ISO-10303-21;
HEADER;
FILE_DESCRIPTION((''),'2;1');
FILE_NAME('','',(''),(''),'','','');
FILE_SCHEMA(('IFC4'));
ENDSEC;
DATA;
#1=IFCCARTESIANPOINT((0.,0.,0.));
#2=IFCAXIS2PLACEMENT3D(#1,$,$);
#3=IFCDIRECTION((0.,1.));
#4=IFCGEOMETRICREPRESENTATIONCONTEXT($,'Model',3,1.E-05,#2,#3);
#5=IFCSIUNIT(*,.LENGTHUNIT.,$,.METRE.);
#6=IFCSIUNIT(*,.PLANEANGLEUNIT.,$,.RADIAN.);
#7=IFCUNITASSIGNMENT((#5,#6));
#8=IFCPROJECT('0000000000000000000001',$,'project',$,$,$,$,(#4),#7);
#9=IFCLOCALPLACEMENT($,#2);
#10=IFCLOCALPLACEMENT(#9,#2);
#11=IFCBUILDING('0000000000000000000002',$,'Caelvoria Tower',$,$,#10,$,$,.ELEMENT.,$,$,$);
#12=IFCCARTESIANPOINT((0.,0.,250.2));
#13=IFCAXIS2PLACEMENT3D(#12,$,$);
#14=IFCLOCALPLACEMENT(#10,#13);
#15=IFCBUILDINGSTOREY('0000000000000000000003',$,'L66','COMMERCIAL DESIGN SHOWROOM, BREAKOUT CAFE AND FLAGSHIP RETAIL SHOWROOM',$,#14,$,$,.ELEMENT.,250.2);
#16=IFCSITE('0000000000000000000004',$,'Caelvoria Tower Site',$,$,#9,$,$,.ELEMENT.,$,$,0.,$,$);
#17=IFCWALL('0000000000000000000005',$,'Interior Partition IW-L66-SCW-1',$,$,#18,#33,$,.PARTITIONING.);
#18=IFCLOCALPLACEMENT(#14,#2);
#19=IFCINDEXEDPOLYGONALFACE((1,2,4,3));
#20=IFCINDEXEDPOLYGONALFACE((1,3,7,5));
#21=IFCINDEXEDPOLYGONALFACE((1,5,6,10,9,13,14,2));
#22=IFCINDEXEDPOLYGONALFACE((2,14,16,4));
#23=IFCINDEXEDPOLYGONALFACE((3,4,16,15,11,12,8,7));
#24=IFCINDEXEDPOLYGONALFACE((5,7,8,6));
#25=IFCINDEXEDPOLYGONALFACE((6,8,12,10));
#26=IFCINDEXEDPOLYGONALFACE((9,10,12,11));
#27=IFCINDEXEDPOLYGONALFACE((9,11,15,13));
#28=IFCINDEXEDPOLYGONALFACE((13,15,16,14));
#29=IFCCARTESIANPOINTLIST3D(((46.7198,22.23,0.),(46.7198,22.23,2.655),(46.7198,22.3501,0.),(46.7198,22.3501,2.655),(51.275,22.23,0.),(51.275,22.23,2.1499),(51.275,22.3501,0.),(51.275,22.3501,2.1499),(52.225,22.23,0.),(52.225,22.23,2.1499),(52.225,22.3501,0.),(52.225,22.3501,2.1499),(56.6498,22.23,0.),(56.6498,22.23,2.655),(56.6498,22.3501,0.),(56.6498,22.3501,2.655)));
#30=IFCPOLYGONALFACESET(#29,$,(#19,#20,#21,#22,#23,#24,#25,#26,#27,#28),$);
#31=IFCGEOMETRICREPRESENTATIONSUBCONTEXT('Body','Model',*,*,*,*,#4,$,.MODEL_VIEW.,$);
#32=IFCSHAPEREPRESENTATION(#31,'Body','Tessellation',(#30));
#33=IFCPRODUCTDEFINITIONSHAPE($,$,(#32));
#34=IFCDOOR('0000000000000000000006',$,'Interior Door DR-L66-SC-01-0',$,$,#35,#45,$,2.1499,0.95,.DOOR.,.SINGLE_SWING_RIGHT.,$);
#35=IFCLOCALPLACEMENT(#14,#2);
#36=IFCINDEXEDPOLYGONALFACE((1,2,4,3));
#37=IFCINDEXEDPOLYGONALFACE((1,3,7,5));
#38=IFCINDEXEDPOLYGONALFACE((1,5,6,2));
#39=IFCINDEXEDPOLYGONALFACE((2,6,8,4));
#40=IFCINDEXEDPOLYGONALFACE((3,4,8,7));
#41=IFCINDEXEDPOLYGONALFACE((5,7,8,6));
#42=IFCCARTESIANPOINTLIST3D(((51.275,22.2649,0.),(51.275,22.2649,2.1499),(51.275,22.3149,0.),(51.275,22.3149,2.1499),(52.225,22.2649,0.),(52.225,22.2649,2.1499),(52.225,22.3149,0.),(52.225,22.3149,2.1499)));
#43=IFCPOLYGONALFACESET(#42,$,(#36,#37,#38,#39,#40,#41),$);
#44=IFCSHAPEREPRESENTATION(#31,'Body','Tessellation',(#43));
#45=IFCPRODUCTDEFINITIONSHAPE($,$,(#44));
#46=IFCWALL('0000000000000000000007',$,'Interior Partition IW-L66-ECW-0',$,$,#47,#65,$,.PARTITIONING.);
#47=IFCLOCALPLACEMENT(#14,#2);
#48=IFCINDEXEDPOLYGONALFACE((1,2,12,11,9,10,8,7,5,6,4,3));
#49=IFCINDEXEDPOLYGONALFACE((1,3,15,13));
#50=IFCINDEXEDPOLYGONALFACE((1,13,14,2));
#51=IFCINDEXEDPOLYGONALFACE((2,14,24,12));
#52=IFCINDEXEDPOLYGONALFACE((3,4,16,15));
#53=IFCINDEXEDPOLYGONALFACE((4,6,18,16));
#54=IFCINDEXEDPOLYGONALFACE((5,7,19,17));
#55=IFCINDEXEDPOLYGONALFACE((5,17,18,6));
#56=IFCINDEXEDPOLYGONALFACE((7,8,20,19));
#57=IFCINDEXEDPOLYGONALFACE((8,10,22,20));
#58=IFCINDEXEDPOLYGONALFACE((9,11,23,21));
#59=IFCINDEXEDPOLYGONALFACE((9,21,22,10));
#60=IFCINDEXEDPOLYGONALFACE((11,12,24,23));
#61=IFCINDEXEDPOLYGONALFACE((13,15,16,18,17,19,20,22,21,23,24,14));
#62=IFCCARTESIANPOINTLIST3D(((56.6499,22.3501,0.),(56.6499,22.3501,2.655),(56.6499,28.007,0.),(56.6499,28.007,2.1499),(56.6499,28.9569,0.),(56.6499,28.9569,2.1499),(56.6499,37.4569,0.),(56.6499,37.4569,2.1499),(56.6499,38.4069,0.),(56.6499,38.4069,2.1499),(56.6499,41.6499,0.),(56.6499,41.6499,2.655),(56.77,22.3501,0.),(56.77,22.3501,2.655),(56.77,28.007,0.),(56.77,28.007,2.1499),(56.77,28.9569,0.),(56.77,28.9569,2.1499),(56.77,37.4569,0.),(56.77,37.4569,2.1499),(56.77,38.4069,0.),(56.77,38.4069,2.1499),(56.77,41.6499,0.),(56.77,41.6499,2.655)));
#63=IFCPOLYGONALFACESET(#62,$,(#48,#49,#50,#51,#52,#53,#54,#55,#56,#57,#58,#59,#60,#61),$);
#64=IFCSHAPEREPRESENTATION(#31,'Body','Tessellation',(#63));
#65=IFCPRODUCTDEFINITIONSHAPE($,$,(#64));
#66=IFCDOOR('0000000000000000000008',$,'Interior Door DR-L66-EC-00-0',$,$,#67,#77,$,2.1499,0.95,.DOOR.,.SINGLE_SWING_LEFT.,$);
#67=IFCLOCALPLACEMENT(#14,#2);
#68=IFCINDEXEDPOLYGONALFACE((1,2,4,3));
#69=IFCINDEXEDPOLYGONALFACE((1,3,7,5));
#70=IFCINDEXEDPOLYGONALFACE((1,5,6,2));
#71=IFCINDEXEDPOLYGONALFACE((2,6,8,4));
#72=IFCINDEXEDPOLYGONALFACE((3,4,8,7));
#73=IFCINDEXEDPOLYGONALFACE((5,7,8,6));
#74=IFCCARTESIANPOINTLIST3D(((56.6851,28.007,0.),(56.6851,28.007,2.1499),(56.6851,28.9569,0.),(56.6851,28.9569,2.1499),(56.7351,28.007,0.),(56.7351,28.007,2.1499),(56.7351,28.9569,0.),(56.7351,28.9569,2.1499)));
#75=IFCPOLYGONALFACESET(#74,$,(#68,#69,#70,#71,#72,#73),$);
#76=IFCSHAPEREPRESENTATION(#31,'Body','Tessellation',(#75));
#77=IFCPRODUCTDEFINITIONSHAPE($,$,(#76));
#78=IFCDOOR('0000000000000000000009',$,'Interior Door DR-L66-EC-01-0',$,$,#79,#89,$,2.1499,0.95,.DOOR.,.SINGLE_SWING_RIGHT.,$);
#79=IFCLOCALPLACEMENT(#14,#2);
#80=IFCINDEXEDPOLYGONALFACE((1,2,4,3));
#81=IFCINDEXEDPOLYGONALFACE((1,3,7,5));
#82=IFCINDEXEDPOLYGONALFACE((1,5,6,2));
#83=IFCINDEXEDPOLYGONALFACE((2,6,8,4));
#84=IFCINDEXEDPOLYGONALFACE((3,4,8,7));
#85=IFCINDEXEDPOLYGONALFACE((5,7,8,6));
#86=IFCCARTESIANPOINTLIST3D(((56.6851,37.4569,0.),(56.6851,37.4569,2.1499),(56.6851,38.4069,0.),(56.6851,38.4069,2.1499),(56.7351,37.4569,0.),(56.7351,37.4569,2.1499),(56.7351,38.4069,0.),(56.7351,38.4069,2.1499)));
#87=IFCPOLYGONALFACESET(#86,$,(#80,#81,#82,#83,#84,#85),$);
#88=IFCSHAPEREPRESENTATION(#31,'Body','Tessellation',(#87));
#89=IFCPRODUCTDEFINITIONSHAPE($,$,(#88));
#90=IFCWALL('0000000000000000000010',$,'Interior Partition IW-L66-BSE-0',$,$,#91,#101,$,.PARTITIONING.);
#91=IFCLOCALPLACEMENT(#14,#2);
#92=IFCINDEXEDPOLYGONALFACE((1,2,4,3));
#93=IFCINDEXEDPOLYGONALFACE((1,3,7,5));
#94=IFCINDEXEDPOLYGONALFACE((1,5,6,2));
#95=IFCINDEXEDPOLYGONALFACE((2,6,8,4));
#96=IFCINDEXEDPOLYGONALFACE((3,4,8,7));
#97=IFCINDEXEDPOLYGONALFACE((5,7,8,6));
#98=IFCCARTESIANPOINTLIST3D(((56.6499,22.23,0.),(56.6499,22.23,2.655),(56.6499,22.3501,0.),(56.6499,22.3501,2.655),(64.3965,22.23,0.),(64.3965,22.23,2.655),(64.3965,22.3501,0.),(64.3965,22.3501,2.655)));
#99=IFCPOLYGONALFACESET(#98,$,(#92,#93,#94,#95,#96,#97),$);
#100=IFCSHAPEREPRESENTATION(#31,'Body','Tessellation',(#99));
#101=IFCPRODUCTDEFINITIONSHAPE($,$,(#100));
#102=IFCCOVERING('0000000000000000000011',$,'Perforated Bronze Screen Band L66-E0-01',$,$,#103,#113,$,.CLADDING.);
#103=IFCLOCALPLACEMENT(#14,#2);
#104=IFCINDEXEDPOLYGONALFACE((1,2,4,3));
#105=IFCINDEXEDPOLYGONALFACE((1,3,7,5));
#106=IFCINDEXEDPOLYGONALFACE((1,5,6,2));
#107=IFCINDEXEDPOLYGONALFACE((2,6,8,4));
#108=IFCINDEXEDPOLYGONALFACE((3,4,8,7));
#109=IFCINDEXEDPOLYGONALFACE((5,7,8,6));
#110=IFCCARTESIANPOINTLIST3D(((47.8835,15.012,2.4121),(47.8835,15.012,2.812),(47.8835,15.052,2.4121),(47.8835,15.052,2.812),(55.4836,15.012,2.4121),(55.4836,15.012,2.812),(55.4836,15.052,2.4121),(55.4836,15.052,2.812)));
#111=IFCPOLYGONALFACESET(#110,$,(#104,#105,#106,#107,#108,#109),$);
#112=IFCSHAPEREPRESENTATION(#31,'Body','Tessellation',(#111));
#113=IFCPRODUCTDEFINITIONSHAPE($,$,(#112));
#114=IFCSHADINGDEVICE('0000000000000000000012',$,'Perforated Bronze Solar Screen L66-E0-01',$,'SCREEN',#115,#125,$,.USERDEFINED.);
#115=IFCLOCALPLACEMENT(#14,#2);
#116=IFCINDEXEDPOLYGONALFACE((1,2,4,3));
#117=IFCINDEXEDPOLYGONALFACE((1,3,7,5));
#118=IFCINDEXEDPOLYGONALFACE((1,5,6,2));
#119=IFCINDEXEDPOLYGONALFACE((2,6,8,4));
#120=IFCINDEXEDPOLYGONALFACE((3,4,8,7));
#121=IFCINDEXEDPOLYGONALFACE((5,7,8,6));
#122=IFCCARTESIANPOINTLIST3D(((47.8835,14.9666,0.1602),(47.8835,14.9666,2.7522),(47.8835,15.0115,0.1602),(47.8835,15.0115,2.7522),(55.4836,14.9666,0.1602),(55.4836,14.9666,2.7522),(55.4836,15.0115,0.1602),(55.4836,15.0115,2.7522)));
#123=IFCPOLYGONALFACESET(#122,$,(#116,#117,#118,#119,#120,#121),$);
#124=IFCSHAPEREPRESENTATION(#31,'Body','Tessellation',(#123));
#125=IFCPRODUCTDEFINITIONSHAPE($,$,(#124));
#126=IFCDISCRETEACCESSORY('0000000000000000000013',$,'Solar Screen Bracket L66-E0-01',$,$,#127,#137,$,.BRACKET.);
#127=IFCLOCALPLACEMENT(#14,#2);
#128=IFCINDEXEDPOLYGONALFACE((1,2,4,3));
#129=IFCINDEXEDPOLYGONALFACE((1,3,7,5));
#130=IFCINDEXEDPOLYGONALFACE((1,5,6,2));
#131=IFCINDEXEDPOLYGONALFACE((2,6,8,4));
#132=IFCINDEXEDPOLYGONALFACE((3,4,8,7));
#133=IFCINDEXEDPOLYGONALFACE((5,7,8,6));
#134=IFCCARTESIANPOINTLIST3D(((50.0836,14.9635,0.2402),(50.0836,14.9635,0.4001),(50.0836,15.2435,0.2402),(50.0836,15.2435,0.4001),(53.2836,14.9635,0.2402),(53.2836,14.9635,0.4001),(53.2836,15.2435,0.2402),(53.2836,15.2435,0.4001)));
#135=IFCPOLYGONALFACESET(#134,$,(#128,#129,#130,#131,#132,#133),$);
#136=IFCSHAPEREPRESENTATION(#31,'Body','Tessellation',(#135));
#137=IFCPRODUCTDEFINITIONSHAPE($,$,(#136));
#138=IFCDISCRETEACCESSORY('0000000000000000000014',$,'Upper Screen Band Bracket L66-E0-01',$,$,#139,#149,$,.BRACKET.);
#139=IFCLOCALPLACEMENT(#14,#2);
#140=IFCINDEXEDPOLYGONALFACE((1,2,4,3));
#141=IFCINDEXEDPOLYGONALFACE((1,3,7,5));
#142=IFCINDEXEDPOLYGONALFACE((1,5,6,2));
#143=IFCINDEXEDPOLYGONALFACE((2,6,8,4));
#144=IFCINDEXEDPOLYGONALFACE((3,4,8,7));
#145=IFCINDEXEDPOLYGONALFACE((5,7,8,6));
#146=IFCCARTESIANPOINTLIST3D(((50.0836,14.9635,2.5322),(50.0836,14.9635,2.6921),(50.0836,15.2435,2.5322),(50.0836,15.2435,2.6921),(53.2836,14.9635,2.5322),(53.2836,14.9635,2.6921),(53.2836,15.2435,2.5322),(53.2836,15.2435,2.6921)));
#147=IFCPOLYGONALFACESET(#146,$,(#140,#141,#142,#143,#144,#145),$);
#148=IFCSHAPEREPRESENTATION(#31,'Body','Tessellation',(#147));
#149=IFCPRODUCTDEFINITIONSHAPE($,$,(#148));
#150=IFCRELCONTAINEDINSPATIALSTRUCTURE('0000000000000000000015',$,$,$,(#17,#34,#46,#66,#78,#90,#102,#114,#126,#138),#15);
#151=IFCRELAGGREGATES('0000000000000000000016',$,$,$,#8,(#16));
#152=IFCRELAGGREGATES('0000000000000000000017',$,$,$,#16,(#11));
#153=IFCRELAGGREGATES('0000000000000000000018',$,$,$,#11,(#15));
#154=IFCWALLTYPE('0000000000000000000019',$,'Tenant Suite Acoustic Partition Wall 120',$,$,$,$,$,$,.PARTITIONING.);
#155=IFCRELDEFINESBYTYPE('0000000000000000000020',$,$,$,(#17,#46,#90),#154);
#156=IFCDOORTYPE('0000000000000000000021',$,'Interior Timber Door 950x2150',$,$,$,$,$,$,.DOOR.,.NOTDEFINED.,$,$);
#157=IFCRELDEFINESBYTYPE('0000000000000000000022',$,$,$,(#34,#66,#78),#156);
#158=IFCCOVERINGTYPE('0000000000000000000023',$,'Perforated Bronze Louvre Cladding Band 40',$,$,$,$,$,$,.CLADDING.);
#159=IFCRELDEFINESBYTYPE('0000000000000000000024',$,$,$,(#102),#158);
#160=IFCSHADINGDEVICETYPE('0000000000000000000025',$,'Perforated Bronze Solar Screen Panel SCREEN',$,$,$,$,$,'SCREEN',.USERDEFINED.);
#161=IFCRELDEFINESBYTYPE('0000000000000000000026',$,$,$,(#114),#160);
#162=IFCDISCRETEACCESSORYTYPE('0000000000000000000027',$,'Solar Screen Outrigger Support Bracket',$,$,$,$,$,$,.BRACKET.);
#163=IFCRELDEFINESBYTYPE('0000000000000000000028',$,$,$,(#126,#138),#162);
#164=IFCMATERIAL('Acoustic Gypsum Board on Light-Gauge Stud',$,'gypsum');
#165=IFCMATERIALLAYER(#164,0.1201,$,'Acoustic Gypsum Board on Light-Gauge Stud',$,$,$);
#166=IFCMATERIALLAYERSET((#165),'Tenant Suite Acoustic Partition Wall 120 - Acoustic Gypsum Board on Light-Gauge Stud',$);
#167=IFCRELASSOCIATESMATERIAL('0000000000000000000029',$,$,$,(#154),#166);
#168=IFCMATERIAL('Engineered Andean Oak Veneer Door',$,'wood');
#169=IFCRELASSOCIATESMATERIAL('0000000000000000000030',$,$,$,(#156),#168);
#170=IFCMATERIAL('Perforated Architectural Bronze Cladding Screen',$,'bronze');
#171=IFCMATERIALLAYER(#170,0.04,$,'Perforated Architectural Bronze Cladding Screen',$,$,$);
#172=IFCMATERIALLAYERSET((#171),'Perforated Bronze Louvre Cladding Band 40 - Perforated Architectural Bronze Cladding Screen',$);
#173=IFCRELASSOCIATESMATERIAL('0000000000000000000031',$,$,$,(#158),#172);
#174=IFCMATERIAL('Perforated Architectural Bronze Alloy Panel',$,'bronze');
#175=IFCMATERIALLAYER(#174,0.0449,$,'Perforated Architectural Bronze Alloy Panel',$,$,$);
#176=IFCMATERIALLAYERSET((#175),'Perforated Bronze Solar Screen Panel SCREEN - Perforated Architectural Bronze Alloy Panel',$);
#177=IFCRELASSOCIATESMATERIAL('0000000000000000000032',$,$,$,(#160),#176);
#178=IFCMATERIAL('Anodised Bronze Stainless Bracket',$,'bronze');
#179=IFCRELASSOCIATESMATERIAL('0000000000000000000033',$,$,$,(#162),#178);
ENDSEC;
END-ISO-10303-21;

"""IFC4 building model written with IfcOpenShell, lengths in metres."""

from ifc_helpers import new_model, si_unit, direction, frame, frame_2d, origin, origin_2d, place, context, subcontext, project, spatial, rectangle, extrude, material, layer, layer_set, type_object, element, fill, save


model = new_model("IFC4")

# Units and contexts
model_context = context("Model", 3, precision=1e-05, world=origin(), true_north=direction((0.0, 1.0)))
body_context = subcontext(model_context, "Body", "Model", "MODEL_VIEW")
ifc_project = project(units=[si_unit("LENGTHUNIT", "METRE"), si_unit("PLANEANGLEUNIT", "RADIAN")], contexts=[model_context])

# Site, building, storey
site_placement = place(None, origin())
site = spatial("IfcSite", under=ifc_project, at=site_placement, Name="Caelvoria Tower Site", CompositionType="ELEMENT", RefElevation=0.0)
building_placement = place(site_placement, origin())
building = spatial("IfcBuilding", under=site, at=building_placement, Name="Caelvoria Tower", CompositionType="ELEMENT")
storey_placement = place(building_placement, frame((0.0, 0.0, 250.2)))
storey = spatial("IfcBuildingStorey", under=building, at=storey_placement, Name="L66", Description="COMMERCIAL DESIGN SHOWROOM, BREAKOUT CAFE AND FLAGSHIP RETAIL SHOWROOM", CompositionType="ELEMENT", Elevation=250.2)

# Wall, opening, door
ifc_material_1 = material(Name="Acoustic Gypsum Board on Light-Gauge Stud", Category="gypsum")
ifc_layer_1 = layer(ifc_material_1, 0.1201, Name="Acoustic Gypsum Board on Light-Gauge Stud")
ifc_layer_set_1 = layer_set([ifc_layer_1], Name="Tenant Suite Acoustic Partition Wall 120 - Acoustic Gypsum Board on Light-Gauge Stud")
wall_type = type_object("IfcWallType", Name="Tenant Suite Acoustic Partition Wall 120", PredefinedType="PARTITIONING", material=ifc_layer_set_1)
wall_1_placement = place(storey_placement, frame((46.72, 22.29, 0.0), z_axis=(0.0, 0.0, 1.0), x_axis=(1.0, 0.0, 0.0)))
wall_1 = element("IfcWall", 1, at=wall_1_placement, inside=storey, type_object=wall_type, Name="Interior Partition IW-L66-SCW-1", PredefinedType="PARTITIONING", context=body_context, shape_type="SweptSolid", body=[
    extrude(rectangle(XDim=9.9299, YDim=0.1201, at=frame_2d((4.9648, 0.0))), origin(), (0.0, 0.0, 1.0), 2.655),
])
opening_1_placement = place(wall_1_placement, frame((4.5549, 0.0, 0.0)))
opening_1 = element("IfcOpeningElement", 2, at=opening_1_placement, cuts=wall_1, PredefinedType="OPENING", context=body_context, shape_type="SweptSolid", body=[
    extrude(rectangle(XDim=0.95, YDim=2.1499, at=frame_2d((0.4751, 1.075))), frame((0.0, 0.0701, 0.0), z_axis=(0.0, -1.0, 0.0), x_axis=(1.0, 0.0, 0.0)), (0.0, 0.0, 1.0), 0.1401),
])
ifc_material_2 = material(Name="Engineered Andean Oak Veneer Door", Category="wood")
door_type = type_object("IfcDoorType", Name="Interior Timber Door 950x2150", OperationType="NOTDEFINED", PredefinedType="DOOR", material=ifc_material_2)
door_1_placement = place(opening_1_placement, origin())
door_1 = element("IfcDoor", 3, at=door_1_placement, inside=storey, type_object=door_type, Name="Interior Door DR-L66-SC-01-0", OperationType="SINGLE_SWING_RIGHT", OverallHeight=2.1499, OverallWidth=0.95, PredefinedType="DOOR", context=body_context, shape_type="SweptSolid", body=[
    extrude(rectangle(XDim=0.95, YDim=2.1499, at=frame_2d((0.4751, 1.075))), frame((0.0, 0.0249, 0.0), z_axis=(0.0, -1.0, 0.0), x_axis=(1.0, 0.0, 0.0)), (0.0, 0.0, 1.0), 0.05),
])
fill(opening_1, door_1)

# Wall, openings, doors
wall_2_placement = place(storey_placement, frame((56.71, 22.3501, 0.0), z_axis=(0.0, 0.0, 1.0), x_axis=(0.0, 1.0, 0.0)))
wall_2 = element("IfcWall", 4, at=wall_2_placement, inside=storey, type_object=wall_type, Name="Interior Partition IW-L66-ECW-0", PredefinedType="PARTITIONING", context=body_context, shape_type="SweptSolid", body=[
    extrude(rectangle(XDim=19.2998, YDim=0.1201, at=frame_2d((9.6499, 0.0))), origin(), (0.0, 0.0, 1.0), 2.655),
])
opening_2_placement = place(wall_2_placement, frame((5.6567, 0.0, 0.0)))
opening_2 = element("IfcOpeningElement", 5, at=opening_2_placement, cuts=wall_2, PredefinedType="OPENING", context=body_context, shape_type="SweptSolid", body=[
    extrude(rectangle(XDim=0.95, YDim=2.1499, at=frame_2d((0.4751, 1.075))), frame((0.0, 0.0701, 0.0), z_axis=(0.0, -1.0, 0.0), x_axis=(1.0, 0.0, 0.0)), (0.0, 0.0, 1.0), 0.1401),
])
opening_3_placement = place(wall_2_placement, frame((15.1067, 0.0, 0.0)))
opening_3 = element("IfcOpeningElement", 6, at=opening_3_placement, cuts=wall_2, PredefinedType="OPENING", context=body_context, shape_type="SweptSolid", body=[
    extrude(rectangle(XDim=0.95, YDim=2.1499, at=frame_2d((0.4751, 1.075))), frame((0.0, 0.0701, 0.0), z_axis=(0.0, -1.0, 0.0), x_axis=(1.0, 0.0, 0.0)), (0.0, 0.0, 1.0), 0.1401),
])
door_2_placement = place(opening_2_placement, origin())
door_2 = element("IfcDoor", 7, at=door_2_placement, inside=storey, type_object=door_type, Name="Interior Door DR-L66-EC-00-0", OperationType="SINGLE_SWING_LEFT", OverallHeight=2.1499, OverallWidth=0.95, PredefinedType="DOOR", context=body_context, shape_type="SweptSolid", body=[
    extrude(rectangle(XDim=0.95, YDim=2.1499, at=frame_2d((0.4751, 1.075))), frame((0.0, 0.0249, 0.0), z_axis=(0.0, -1.0, 0.0), x_axis=(1.0, 0.0, 0.0)), (0.0, 0.0, 1.0), 0.05),
])
fill(opening_2, door_2)
door_3_placement = place(opening_3_placement, origin())
door_3 = element("IfcDoor", 8, at=door_3_placement, inside=storey, type_object=door_type, Name="Interior Door DR-L66-EC-01-0", OperationType="SINGLE_SWING_RIGHT", OverallHeight=2.1499, OverallWidth=0.95, PredefinedType="DOOR", context=body_context, shape_type="SweptSolid", body=[
    extrude(rectangle(XDim=0.95, YDim=2.1499, at=frame_2d((0.4751, 1.075))), frame((0.0, 0.0249, 0.0), z_axis=(0.0, -1.0, 0.0), x_axis=(1.0, 0.0, 0.0)), (0.0, 0.0, 1.0), 0.05),
])
fill(opening_3, door_3)

# Wall
wall_3_placement = place(storey_placement, frame((56.6499, 22.29, 0.0), z_axis=(0.0, 0.0, 1.0), x_axis=(1.0, 0.0, 0.0)))
element("IfcWall", 9, at=wall_3_placement, inside=storey, type_object=wall_type, Name="Interior Partition IW-L66-BSE-0", PredefinedType="PARTITIONING", context=body_context, shape_type="SweptSolid", body=[
    extrude(rectangle(XDim=7.7466, YDim=0.1201, at=frame_2d((3.8733, 0.0))), origin(), (0.0, 0.0, 1.0), 2.655),
])

# Covering
ifc_material_3 = material(Name="Perforated Architectural Bronze Cladding Screen", Category="bronze")
ifc_layer_2 = layer(ifc_material_3, 0.04, Name="Perforated Architectural Bronze Cladding Screen")
ifc_layer_set_2 = layer_set([ifc_layer_2], Name="Perforated Bronze Louvre Cladding Band 40 - Perforated Architectural Bronze Cladding Screen")
covering_type = type_object("IfcCoveringType", Name="Perforated Bronze Louvre Cladding Band 40", PredefinedType="CLADDING", material=ifc_layer_set_2)
covering_placement = place(storey_placement, frame((51.6836, 15.032, 2.4121), z_axis=(0.0, 0.0, 1.0), x_axis=(1.0, 0.0, 0.0)))
element("IfcCovering", 10, at=covering_placement, inside=storey, type_object=covering_type, Name="Perforated Bronze Screen Band L66-E0-01", PredefinedType="CLADDING", context=body_context, shape_type="SweptSolid", body=[
    extrude(rectangle(XDim=7.6001, YDim=0.04, at=origin_2d()), origin(), (0.0, 0.0, 1.0), 0.3999),
])

# Shading device
ifc_material_4 = material(Name="Perforated Architectural Bronze Alloy Panel", Category="bronze")
ifc_layer_3 = layer(ifc_material_4, 0.0449, Name="Perforated Architectural Bronze Alloy Panel")
ifc_layer_set_3 = layer_set([ifc_layer_3], Name="Perforated Bronze Solar Screen Panel SCREEN - Perforated Architectural Bronze Alloy Panel")
shading_device_type = type_object("IfcShadingDeviceType", Name="Perforated Bronze Solar Screen Panel SCREEN", ElementType="SCREEN", PredefinedType="USERDEFINED", material=ifc_layer_set_3)
shading_device_placement = place(storey_placement, frame((51.6836, 14.989, 0.1602), z_axis=(0.0, 0.0, 1.0), x_axis=(1.0, 0.0, 0.0)))
element("IfcShadingDevice", 11, at=shading_device_placement, inside=storey, type_object=shading_device_type, Name="Perforated Bronze Solar Screen L66-E0-01", ObjectType="SCREEN", PredefinedType="USERDEFINED", context=body_context, shape_type="SweptSolid", body=[
    extrude(rectangle(XDim=7.6001, YDim=0.0449, at=origin_2d()), origin(), (0.0, 0.0, 1.0), 2.592),
])

# Discrete accessories
ifc_material_5 = material(Name="Anodised Bronze Stainless Bracket", Category="bronze")
discrete_accessory_type = type_object("IfcDiscreteAccessoryType", Name="Solar Screen Outrigger Support Bracket", PredefinedType="BRACKET", material=ifc_material_5)
for number, where, z_axis, x_axis, name in (
    (12, (51.6836, 15.1035, 0.2402), (0.0, 0.0, 1.0), (1.0, 0.0, 0.0), "Solar Screen Bracket L66-E0-01"),
    (13, (51.6836, 15.1035, 2.5322), (0.0, 0.0, 1.0), (1.0, 0.0, 0.0), "Upper Screen Band Bracket L66-E0-01"),
):
    element("IfcDiscreteAccessory", number, at=place(storey_placement, frame(where, z_axis=z_axis, x_axis=x_axis)), inside=storey, type_object=discrete_accessory_type, Name=name, PredefinedType="BRACKET", context=body_context, shape_type="SweptSolid", body=[
        extrude(rectangle(XDim=3.2, YDim=0.28, at=origin_2d()), origin(), (0.0, 0.0, 1.0), 0.1599),
    ])

save(model, "model.ifc")
